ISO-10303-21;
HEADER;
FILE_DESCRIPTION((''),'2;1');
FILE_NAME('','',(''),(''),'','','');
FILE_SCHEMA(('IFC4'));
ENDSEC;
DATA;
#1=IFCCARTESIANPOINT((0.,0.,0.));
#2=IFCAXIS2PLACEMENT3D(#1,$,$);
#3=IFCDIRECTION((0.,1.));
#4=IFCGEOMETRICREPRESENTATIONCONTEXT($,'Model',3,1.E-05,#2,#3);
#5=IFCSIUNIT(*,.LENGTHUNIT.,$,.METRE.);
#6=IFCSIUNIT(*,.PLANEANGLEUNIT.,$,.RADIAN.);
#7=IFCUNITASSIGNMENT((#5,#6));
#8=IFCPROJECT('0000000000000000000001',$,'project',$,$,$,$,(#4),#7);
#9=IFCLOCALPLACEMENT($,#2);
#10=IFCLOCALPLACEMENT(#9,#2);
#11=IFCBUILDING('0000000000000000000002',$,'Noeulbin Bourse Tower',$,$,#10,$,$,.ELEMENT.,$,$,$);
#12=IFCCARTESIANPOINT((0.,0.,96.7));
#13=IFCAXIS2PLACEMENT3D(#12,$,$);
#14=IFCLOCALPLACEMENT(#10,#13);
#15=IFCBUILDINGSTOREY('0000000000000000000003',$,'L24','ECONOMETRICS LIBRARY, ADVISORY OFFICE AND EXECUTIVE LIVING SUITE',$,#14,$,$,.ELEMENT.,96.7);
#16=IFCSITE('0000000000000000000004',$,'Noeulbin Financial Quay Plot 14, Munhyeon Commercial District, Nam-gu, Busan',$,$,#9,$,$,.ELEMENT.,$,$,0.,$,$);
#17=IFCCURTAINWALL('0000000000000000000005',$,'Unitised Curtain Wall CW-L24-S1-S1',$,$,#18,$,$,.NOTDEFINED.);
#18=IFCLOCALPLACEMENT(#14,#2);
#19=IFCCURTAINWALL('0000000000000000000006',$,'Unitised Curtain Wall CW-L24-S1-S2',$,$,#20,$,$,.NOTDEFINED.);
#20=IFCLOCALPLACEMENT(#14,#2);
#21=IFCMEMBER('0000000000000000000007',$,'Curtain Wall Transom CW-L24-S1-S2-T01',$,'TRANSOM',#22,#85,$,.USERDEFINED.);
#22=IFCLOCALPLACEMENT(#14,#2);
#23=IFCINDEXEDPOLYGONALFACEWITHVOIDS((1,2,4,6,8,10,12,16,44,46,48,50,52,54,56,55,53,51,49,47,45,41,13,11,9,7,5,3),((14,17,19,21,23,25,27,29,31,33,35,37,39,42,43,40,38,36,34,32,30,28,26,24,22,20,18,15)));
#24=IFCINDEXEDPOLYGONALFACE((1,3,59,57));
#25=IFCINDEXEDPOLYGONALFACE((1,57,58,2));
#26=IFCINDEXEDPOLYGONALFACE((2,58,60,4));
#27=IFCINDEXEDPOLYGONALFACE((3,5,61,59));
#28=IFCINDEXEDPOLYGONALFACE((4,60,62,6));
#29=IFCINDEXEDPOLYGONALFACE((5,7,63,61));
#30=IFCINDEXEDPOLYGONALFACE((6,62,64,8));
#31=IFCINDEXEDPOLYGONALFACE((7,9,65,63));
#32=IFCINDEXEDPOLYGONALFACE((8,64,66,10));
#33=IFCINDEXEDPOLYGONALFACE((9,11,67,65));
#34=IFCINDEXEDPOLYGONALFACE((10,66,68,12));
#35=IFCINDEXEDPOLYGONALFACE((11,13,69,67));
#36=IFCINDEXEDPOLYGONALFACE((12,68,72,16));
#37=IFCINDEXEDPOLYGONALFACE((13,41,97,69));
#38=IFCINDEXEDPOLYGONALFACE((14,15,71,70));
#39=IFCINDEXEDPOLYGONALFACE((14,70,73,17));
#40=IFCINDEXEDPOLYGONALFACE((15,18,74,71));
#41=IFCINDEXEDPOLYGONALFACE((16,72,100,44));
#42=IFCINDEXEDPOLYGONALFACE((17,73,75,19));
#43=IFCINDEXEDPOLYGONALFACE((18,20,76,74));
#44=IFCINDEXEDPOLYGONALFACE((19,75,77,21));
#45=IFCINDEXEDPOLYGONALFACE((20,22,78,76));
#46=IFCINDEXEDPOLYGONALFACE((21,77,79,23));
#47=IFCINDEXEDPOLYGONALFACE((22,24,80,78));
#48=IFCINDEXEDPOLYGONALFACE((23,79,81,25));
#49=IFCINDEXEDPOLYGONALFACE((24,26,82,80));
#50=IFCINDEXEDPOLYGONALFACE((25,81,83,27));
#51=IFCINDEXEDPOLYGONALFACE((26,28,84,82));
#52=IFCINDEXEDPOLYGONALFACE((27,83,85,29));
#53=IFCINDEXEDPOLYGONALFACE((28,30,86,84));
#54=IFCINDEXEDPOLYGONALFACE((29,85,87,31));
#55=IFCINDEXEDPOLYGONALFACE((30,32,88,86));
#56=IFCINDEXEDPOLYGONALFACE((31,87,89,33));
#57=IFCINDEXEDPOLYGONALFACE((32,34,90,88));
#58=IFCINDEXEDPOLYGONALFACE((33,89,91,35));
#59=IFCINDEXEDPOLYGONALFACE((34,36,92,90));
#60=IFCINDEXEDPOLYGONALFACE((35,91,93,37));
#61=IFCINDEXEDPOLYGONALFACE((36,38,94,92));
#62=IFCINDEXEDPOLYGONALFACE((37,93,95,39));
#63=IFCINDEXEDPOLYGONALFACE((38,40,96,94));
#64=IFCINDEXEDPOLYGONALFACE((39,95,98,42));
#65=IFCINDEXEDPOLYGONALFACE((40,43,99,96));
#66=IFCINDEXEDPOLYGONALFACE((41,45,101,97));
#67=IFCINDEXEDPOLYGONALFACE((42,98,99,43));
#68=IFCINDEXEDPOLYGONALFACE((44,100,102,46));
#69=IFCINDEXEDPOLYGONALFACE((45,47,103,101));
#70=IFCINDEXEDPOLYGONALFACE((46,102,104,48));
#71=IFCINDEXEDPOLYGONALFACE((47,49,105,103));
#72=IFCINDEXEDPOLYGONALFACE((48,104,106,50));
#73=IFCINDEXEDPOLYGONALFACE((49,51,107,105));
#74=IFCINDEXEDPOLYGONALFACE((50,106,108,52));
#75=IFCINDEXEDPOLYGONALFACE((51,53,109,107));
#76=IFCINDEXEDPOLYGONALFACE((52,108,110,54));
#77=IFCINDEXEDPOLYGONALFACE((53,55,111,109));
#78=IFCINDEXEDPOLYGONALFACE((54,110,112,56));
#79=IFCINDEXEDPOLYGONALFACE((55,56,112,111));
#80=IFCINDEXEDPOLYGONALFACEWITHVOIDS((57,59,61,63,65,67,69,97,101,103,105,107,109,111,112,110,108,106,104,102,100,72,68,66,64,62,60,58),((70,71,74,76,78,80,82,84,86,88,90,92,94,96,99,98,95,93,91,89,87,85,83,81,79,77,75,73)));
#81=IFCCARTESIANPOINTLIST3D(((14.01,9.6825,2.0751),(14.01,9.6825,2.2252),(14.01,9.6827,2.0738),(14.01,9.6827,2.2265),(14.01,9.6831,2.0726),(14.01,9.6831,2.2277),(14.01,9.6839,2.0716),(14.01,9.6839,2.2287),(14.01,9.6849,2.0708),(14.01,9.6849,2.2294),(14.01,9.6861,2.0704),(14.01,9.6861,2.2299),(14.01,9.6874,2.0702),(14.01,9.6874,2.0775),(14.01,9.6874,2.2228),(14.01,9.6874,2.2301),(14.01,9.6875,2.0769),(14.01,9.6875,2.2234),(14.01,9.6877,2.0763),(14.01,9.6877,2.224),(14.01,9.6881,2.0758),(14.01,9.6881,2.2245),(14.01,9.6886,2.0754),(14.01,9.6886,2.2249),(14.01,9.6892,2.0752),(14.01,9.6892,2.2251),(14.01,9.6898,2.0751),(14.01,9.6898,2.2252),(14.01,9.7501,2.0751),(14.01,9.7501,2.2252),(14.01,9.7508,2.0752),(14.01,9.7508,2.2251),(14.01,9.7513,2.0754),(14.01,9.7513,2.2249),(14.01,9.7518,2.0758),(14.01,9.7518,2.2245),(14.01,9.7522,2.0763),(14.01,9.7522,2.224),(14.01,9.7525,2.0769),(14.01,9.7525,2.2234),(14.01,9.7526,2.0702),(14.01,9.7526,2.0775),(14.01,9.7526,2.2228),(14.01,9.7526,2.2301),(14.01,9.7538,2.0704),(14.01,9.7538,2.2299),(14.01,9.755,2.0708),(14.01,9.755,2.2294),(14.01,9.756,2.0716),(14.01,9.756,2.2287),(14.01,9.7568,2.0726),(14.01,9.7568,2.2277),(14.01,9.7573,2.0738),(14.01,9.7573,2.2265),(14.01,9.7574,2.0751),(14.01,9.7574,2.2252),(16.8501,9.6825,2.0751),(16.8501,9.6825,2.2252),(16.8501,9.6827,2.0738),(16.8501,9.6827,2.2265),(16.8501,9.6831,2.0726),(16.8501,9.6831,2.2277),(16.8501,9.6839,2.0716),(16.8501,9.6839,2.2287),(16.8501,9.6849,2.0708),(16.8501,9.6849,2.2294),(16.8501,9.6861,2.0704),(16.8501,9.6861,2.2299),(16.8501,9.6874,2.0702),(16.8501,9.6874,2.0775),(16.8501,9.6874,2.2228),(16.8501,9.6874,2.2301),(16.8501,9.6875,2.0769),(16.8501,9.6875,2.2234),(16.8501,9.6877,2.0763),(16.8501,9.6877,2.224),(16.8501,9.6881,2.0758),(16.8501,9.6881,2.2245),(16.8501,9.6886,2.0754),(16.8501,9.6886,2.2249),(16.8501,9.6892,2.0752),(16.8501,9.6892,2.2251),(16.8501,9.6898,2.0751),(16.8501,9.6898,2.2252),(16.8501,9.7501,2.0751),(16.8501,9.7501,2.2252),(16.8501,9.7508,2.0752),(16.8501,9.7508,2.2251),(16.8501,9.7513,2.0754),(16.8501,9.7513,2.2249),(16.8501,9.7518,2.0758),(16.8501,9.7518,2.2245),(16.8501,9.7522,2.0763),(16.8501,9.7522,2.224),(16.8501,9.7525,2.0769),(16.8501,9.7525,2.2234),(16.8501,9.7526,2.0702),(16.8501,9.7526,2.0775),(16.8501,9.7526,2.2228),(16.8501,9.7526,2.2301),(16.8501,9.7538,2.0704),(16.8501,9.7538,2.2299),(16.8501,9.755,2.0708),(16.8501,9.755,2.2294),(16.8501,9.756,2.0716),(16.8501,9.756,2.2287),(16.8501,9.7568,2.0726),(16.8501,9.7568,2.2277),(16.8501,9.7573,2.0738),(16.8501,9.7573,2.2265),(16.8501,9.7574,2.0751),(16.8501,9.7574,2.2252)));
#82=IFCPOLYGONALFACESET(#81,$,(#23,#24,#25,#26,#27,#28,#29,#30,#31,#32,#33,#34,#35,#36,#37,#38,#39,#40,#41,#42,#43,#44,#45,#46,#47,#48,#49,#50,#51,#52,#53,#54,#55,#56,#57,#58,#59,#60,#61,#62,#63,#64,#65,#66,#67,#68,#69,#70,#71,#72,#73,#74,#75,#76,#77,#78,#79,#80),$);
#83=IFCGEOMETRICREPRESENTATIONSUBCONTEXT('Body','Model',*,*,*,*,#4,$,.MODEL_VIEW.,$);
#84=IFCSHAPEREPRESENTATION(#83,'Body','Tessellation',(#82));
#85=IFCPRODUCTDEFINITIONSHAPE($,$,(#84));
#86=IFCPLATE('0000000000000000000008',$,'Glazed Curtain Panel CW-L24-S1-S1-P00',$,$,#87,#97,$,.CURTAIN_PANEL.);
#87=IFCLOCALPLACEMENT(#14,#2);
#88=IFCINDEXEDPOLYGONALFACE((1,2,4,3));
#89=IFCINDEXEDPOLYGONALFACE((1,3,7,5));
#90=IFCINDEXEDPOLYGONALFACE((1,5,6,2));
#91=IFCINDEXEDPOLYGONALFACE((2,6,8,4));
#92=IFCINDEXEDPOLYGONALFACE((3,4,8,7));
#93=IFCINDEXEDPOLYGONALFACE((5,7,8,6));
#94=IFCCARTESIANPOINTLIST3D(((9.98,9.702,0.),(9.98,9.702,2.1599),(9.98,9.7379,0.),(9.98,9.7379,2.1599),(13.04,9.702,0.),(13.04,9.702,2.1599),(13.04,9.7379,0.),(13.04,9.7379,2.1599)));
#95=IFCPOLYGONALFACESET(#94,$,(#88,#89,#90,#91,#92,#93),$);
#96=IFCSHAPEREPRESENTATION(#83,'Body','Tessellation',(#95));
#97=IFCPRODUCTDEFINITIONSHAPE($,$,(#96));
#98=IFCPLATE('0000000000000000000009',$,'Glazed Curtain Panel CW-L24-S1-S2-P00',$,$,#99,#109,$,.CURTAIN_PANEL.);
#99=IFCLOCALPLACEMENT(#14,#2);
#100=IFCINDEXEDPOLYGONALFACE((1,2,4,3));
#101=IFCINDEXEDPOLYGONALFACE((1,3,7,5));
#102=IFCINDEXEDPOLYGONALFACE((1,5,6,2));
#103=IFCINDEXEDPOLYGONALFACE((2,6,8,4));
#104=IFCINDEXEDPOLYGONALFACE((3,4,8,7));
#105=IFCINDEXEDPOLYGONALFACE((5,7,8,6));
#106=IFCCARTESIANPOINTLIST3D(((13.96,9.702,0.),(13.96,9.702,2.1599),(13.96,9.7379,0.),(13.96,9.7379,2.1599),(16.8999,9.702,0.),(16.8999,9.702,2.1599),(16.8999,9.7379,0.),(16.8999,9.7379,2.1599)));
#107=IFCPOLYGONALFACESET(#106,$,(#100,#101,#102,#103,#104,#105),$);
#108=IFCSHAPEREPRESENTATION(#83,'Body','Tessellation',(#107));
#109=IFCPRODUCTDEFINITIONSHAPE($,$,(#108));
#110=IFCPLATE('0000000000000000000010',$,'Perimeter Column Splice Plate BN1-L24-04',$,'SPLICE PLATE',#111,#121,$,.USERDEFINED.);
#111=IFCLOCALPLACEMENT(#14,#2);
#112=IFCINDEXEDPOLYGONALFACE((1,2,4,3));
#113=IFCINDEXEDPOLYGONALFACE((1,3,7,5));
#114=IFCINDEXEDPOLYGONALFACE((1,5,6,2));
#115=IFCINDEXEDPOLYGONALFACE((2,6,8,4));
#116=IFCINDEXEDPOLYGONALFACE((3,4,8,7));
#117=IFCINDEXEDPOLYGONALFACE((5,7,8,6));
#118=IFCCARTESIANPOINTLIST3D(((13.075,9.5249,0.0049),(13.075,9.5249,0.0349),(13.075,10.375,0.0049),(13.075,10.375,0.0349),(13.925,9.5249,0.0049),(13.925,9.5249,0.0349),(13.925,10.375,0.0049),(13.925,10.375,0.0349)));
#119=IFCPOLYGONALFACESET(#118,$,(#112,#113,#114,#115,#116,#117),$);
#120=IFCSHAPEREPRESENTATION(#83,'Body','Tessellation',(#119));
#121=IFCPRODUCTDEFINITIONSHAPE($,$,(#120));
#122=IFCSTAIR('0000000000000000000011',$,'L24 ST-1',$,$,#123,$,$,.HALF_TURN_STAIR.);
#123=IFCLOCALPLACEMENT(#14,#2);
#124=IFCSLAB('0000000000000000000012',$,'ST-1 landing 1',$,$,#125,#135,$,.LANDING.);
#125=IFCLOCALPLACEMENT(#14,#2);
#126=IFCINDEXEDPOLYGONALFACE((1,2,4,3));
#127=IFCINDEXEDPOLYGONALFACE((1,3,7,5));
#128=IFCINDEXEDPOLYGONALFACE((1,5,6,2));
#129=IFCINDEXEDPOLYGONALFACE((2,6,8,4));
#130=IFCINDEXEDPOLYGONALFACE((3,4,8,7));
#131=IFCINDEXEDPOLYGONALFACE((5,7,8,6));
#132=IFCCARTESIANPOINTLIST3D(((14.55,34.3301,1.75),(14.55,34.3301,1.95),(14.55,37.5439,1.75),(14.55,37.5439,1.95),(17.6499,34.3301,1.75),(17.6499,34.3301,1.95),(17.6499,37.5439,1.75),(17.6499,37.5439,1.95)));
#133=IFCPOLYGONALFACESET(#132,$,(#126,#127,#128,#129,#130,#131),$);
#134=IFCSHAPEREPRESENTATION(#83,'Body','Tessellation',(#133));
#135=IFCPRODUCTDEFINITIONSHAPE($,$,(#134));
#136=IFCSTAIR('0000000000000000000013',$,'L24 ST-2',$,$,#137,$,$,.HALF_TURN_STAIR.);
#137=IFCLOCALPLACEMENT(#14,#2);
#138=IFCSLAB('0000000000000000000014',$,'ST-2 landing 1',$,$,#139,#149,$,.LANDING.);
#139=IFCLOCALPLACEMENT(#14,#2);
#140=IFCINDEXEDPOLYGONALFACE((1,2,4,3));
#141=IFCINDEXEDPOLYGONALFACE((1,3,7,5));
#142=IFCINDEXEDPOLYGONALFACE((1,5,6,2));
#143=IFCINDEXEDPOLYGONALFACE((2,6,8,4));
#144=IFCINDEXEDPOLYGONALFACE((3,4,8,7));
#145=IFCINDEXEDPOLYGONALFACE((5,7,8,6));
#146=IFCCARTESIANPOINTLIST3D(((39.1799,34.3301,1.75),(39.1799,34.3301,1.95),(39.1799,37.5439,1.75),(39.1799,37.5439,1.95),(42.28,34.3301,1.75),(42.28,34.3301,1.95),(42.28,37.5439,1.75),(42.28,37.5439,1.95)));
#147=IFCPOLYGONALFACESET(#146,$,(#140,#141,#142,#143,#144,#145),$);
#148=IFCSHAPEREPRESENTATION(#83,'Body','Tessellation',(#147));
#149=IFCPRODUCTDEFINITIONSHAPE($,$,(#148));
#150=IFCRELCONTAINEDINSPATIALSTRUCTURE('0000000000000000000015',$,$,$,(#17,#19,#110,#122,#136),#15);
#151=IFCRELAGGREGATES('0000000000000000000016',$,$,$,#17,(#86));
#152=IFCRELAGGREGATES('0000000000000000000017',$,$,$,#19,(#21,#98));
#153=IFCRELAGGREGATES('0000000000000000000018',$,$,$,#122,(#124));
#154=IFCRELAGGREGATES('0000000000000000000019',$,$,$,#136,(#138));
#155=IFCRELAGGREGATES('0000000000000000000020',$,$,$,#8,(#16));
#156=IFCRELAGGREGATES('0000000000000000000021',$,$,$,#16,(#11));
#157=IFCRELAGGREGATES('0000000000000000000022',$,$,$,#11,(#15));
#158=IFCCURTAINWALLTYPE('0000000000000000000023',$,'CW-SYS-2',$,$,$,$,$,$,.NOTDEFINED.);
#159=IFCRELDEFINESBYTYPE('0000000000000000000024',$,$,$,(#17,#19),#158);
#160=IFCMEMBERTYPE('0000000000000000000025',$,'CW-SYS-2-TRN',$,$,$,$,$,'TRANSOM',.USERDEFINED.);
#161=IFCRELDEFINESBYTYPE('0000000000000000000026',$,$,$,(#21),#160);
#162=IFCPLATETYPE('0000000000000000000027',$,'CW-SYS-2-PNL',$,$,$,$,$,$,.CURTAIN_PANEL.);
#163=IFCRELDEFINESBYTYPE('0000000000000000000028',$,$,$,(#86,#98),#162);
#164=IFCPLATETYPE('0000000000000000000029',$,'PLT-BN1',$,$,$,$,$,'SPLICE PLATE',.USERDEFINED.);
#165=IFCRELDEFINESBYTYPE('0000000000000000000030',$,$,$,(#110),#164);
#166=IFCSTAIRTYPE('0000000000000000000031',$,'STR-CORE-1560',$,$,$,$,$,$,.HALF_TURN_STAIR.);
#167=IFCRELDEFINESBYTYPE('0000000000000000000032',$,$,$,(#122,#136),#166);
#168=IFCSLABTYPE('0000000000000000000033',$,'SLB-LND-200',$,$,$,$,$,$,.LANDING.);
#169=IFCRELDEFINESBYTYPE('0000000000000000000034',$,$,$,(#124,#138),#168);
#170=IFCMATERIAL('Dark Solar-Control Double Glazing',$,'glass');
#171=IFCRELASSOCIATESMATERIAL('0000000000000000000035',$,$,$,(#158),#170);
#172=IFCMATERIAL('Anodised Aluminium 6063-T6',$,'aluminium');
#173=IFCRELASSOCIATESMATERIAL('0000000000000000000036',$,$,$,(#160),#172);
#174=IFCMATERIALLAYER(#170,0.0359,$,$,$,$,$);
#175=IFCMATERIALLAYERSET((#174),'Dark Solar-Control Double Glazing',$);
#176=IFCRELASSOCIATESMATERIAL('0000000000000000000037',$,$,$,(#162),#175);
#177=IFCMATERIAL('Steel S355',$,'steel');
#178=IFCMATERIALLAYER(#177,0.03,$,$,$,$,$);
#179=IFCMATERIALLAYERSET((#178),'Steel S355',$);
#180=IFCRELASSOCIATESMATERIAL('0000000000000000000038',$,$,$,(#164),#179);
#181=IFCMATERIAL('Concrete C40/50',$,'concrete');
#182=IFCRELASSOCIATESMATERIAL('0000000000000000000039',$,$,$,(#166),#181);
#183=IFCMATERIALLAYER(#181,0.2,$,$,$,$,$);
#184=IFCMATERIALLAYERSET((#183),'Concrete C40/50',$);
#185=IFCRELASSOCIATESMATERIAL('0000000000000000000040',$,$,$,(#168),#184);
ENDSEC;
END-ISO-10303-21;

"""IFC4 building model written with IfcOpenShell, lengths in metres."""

from ifc_helpers import new_model, si_unit, direction, frame, origin, origin_2d, place, context, subcontext, project, spatial, polyline, rectangle, hollow_rectangle, outline, extrude, material, layer, layer_set, material_profile, profile_set, type_object, element, aggregate, save


model = new_model("IFC4")

# Units and contexts
model_context = context("Model", 3, precision=1e-05, world=origin(), true_north=direction((0.0, 1.0)))
body_context = subcontext(model_context, "Body", "Model", "MODEL_VIEW")
ifc_project = project(units=[si_unit("LENGTHUNIT", "METRE"), si_unit("PLANEANGLEUNIT", "RADIAN")], contexts=[model_context])

# Site, building, storey
site_placement = place(None, origin())
site = spatial("IfcSite", under=ifc_project, at=site_placement, Name="Noeulbin Financial Quay Plot 14, Munhyeon Commercial District, Nam-gu, Busan", CompositionType="ELEMENT", RefElevation=0.0)
building_placement = place(site_placement, origin())
building = spatial("IfcBuilding", under=site, at=building_placement, Name="Noeulbin Bourse Tower", CompositionType="ELEMENT")
storey_placement = place(building_placement, frame((0.0, 0.0, 96.7)))
storey = spatial("IfcBuildingStorey", under=building, at=storey_placement, Name="L24", Description="ECONOMETRICS LIBRARY, ADVISORY OFFICE AND EXECUTIVE LIVING SUITE", CompositionType="ELEMENT", Elevation=96.7)

# Shared definitions
ifc_material_1 = material(Name="Steel S355", Category="steel")

# Curtain walls
ifc_material_2 = material(Name="Dark Solar-Control Double Glazing", Category="glass")
curtain_wall_type = type_object("IfcCurtainWallType", Name="CW-SYS-2", PredefinedType="NOTDEFINED", material=ifc_material_2)
curtain_wall_1_placement = place(storey_placement, origin())
curtain_wall_1 = element("IfcCurtainWall", 1, at=curtain_wall_1_placement, inside=storey, type_object=curtain_wall_type, Name="Unitised Curtain Wall CW-L24-S1-S1", PredefinedType="NOTDEFINED")
ifc_material_3 = material(Name="Anodised Aluminium 6063-T6", Category="aluminium")
curtain_wall_2_placement = place(storey_placement, origin())
curtain_wall_2 = element("IfcCurtainWall", 2, at=curtain_wall_2_placement, inside=storey, type_object=curtain_wall_type, Name="Unitised Curtain Wall CW-L24-S1-S2", PredefinedType="NOTDEFINED")

# Member
ifc_material_profile_1 = material_profile(ifc_material_3, hollow_rectangle(XDim=0.075, YDim=0.1599, WallThickness=0.0049, InnerFilletRadius=0.0024, OuterFilletRadius=0.0049, at=origin_2d()), Name="ALU-TRAN-75x160x5", Category="LoadBearing")
ifc_profile_set_1 = profile_set([ifc_material_profile_1], Name="Anodised Aluminium 6063-T6")
member_type_1 = type_object("IfcMemberType", Name="CW-SYS-2-TRN", ElementType="TRANSOM", PredefinedType="USERDEFINED", material=ifc_profile_set_1)
member_1_placement = place(storey_placement, frame((14.01, 9.72, 2.1501), z_axis=(1.0, 0.0, 0.0), x_axis=(0.0, 1.0, 0.0)))
member_1 = element("IfcMember", 3, at=member_1_placement, type_object=member_type_1, Name="Curtain Wall Transom CW-L24-S1-S2-T01", ObjectType="TRANSOM", PredefinedType="USERDEFINED", context=body_context, shape_type="SweptSolid", body=[
    extrude(hollow_rectangle(XDim=0.075, YDim=0.1599, WallThickness=0.0049, InnerFilletRadius=0.0024, OuterFilletRadius=0.0049, at=origin_2d()), origin(), (0.0, 0.0, 1.0), 2.8401),
])

# Plates
ifc_layer_1 = layer(ifc_material_2, 0.0359)
ifc_layer_set_1 = layer_set([ifc_layer_1], Name="Dark Solar-Control Double Glazing")
plate_type_1 = type_object("IfcPlateType", Name="CW-SYS-2-PNL", PredefinedType="CURTAIN_PANEL", material=ifc_layer_set_1)
plate_1_placement = place(storey_placement, frame((11.51, 9.72, 0.0), z_axis=(0.0, 0.0, 1.0), x_axis=(1.0, 0.0, 0.0)))
plate_1 = element("IfcPlate", 4, at=plate_1_placement, type_object=plate_type_1, Name="Glazed Curtain Panel CW-L24-S1-S1-P00", PredefinedType="CURTAIN_PANEL", context=body_context, shape_type="SweptSolid", body=[
    extrude(rectangle(XDim=3.0601, YDim=0.0359, at=origin_2d()), origin(), (0.0, 0.0, 1.0), 2.1599),
])
aggregate(curtain_wall_1, [plate_1])
plate_2_placement = place(storey_placement, frame((15.4299, 9.72, 0.0), z_axis=(0.0, 0.0, 1.0), x_axis=(1.0, 0.0, 0.0)))
plate_2 = element("IfcPlate", 5, at=plate_2_placement, type_object=plate_type_1, Name="Glazed Curtain Panel CW-L24-S1-S2-P00", PredefinedType="CURTAIN_PANEL", context=body_context, shape_type="SweptSolid", body=[
    extrude(rectangle(XDim=2.9399, YDim=0.0359, at=origin_2d()), origin(), (0.0, 0.0, 1.0), 2.1599),
])
aggregate(curtain_wall_2, [member_1, plate_2])
ifc_layer_2 = layer(ifc_material_1, 0.03)
ifc_layer_set_2 = layer_set([ifc_layer_2], Name="Steel S355")
plate_type_2 = type_object("IfcPlateType", Name="PLT-BN1", ElementType="SPLICE PLATE", PredefinedType="USERDEFINED", material=ifc_layer_set_2)
plate_3_placement = place(storey_placement, frame((13.5, 9.95, 0.0049), z_axis=(0.0, 0.0, 1.0), x_axis=(1.0, 0.0, 0.0)))
element("IfcPlate", 6, at=plate_3_placement, inside=storey, type_object=plate_type_2, Name="Perimeter Column Splice Plate BN1-L24-04", ObjectType="SPLICE PLATE", PredefinedType="USERDEFINED", context=body_context, shape_type="SweptSolid", body=[
    extrude(rectangle(XDim=0.8501, YDim=0.8501, at=origin_2d()), origin(), (0.0, 0.0, 1.0), 0.03),
])

# Stairs, slabs
ifc_material_4 = material(Name="Concrete C40/50", Category="concrete")
stair_type = type_object("IfcStairType", Name="STR-CORE-1560", PredefinedType="HALF_TURN_STAIR", material=ifc_material_4)
stair_1_placement = place(storey_placement, origin())
stair_1 = element("IfcStair", 7, at=stair_1_placement, inside=storey, type_object=stair_type, Name="L24 ST-1", PredefinedType="HALF_TURN_STAIR")
ifc_layer_3 = layer(ifc_material_4, 0.2)
ifc_layer_set_3 = layer_set([ifc_layer_3], Name="Concrete C40/50")
slab_type_1 = type_object("IfcSlabType", Name="SLB-LND-200", PredefinedType="LANDING", material=ifc_layer_set_3)
slab_1_placement = place(storey_placement, frame((0.0, 0.0, 1.75)))
slab_1 = element("IfcSlab", 8, at=slab_1_placement, type_object=slab_type_1, Name="ST-1 landing 1", PredefinedType="LANDING", context=body_context, shape_type="SweptSolid", body=[
    extrude(outline(polyline([(17.6499, 34.3301), (17.6499, 37.5439), (14.55, 37.5439), (14.55, 34.3301), (17.6499, 34.3301)])), origin(), (0.0, 0.0, 1.0), 0.2),
])
aggregate(stair_1, [slab_1])
stair_2_placement = place(storey_placement, origin())
stair_2 = element("IfcStair", 9, at=stair_2_placement, inside=storey, type_object=stair_type, Name="L24 ST-2", PredefinedType="HALF_TURN_STAIR")
slab_2_placement = place(storey_placement, frame((0.0, 0.0, 1.75)))
slab_2 = element("IfcSlab", 10, at=slab_2_placement, type_object=slab_type_1, Name="ST-2 landing 1", PredefinedType="LANDING", context=body_context, shape_type="SweptSolid", body=[
    extrude(outline(polyline([(42.28, 34.3301), (42.28, 37.5439), (39.1799, 37.5439), (39.1799, 34.3301), (42.28, 34.3301)])), origin(), (0.0, 0.0, 1.0), 0.2),
])
aggregate(stair_2, [slab_2])

save(model, "model.ifc")
